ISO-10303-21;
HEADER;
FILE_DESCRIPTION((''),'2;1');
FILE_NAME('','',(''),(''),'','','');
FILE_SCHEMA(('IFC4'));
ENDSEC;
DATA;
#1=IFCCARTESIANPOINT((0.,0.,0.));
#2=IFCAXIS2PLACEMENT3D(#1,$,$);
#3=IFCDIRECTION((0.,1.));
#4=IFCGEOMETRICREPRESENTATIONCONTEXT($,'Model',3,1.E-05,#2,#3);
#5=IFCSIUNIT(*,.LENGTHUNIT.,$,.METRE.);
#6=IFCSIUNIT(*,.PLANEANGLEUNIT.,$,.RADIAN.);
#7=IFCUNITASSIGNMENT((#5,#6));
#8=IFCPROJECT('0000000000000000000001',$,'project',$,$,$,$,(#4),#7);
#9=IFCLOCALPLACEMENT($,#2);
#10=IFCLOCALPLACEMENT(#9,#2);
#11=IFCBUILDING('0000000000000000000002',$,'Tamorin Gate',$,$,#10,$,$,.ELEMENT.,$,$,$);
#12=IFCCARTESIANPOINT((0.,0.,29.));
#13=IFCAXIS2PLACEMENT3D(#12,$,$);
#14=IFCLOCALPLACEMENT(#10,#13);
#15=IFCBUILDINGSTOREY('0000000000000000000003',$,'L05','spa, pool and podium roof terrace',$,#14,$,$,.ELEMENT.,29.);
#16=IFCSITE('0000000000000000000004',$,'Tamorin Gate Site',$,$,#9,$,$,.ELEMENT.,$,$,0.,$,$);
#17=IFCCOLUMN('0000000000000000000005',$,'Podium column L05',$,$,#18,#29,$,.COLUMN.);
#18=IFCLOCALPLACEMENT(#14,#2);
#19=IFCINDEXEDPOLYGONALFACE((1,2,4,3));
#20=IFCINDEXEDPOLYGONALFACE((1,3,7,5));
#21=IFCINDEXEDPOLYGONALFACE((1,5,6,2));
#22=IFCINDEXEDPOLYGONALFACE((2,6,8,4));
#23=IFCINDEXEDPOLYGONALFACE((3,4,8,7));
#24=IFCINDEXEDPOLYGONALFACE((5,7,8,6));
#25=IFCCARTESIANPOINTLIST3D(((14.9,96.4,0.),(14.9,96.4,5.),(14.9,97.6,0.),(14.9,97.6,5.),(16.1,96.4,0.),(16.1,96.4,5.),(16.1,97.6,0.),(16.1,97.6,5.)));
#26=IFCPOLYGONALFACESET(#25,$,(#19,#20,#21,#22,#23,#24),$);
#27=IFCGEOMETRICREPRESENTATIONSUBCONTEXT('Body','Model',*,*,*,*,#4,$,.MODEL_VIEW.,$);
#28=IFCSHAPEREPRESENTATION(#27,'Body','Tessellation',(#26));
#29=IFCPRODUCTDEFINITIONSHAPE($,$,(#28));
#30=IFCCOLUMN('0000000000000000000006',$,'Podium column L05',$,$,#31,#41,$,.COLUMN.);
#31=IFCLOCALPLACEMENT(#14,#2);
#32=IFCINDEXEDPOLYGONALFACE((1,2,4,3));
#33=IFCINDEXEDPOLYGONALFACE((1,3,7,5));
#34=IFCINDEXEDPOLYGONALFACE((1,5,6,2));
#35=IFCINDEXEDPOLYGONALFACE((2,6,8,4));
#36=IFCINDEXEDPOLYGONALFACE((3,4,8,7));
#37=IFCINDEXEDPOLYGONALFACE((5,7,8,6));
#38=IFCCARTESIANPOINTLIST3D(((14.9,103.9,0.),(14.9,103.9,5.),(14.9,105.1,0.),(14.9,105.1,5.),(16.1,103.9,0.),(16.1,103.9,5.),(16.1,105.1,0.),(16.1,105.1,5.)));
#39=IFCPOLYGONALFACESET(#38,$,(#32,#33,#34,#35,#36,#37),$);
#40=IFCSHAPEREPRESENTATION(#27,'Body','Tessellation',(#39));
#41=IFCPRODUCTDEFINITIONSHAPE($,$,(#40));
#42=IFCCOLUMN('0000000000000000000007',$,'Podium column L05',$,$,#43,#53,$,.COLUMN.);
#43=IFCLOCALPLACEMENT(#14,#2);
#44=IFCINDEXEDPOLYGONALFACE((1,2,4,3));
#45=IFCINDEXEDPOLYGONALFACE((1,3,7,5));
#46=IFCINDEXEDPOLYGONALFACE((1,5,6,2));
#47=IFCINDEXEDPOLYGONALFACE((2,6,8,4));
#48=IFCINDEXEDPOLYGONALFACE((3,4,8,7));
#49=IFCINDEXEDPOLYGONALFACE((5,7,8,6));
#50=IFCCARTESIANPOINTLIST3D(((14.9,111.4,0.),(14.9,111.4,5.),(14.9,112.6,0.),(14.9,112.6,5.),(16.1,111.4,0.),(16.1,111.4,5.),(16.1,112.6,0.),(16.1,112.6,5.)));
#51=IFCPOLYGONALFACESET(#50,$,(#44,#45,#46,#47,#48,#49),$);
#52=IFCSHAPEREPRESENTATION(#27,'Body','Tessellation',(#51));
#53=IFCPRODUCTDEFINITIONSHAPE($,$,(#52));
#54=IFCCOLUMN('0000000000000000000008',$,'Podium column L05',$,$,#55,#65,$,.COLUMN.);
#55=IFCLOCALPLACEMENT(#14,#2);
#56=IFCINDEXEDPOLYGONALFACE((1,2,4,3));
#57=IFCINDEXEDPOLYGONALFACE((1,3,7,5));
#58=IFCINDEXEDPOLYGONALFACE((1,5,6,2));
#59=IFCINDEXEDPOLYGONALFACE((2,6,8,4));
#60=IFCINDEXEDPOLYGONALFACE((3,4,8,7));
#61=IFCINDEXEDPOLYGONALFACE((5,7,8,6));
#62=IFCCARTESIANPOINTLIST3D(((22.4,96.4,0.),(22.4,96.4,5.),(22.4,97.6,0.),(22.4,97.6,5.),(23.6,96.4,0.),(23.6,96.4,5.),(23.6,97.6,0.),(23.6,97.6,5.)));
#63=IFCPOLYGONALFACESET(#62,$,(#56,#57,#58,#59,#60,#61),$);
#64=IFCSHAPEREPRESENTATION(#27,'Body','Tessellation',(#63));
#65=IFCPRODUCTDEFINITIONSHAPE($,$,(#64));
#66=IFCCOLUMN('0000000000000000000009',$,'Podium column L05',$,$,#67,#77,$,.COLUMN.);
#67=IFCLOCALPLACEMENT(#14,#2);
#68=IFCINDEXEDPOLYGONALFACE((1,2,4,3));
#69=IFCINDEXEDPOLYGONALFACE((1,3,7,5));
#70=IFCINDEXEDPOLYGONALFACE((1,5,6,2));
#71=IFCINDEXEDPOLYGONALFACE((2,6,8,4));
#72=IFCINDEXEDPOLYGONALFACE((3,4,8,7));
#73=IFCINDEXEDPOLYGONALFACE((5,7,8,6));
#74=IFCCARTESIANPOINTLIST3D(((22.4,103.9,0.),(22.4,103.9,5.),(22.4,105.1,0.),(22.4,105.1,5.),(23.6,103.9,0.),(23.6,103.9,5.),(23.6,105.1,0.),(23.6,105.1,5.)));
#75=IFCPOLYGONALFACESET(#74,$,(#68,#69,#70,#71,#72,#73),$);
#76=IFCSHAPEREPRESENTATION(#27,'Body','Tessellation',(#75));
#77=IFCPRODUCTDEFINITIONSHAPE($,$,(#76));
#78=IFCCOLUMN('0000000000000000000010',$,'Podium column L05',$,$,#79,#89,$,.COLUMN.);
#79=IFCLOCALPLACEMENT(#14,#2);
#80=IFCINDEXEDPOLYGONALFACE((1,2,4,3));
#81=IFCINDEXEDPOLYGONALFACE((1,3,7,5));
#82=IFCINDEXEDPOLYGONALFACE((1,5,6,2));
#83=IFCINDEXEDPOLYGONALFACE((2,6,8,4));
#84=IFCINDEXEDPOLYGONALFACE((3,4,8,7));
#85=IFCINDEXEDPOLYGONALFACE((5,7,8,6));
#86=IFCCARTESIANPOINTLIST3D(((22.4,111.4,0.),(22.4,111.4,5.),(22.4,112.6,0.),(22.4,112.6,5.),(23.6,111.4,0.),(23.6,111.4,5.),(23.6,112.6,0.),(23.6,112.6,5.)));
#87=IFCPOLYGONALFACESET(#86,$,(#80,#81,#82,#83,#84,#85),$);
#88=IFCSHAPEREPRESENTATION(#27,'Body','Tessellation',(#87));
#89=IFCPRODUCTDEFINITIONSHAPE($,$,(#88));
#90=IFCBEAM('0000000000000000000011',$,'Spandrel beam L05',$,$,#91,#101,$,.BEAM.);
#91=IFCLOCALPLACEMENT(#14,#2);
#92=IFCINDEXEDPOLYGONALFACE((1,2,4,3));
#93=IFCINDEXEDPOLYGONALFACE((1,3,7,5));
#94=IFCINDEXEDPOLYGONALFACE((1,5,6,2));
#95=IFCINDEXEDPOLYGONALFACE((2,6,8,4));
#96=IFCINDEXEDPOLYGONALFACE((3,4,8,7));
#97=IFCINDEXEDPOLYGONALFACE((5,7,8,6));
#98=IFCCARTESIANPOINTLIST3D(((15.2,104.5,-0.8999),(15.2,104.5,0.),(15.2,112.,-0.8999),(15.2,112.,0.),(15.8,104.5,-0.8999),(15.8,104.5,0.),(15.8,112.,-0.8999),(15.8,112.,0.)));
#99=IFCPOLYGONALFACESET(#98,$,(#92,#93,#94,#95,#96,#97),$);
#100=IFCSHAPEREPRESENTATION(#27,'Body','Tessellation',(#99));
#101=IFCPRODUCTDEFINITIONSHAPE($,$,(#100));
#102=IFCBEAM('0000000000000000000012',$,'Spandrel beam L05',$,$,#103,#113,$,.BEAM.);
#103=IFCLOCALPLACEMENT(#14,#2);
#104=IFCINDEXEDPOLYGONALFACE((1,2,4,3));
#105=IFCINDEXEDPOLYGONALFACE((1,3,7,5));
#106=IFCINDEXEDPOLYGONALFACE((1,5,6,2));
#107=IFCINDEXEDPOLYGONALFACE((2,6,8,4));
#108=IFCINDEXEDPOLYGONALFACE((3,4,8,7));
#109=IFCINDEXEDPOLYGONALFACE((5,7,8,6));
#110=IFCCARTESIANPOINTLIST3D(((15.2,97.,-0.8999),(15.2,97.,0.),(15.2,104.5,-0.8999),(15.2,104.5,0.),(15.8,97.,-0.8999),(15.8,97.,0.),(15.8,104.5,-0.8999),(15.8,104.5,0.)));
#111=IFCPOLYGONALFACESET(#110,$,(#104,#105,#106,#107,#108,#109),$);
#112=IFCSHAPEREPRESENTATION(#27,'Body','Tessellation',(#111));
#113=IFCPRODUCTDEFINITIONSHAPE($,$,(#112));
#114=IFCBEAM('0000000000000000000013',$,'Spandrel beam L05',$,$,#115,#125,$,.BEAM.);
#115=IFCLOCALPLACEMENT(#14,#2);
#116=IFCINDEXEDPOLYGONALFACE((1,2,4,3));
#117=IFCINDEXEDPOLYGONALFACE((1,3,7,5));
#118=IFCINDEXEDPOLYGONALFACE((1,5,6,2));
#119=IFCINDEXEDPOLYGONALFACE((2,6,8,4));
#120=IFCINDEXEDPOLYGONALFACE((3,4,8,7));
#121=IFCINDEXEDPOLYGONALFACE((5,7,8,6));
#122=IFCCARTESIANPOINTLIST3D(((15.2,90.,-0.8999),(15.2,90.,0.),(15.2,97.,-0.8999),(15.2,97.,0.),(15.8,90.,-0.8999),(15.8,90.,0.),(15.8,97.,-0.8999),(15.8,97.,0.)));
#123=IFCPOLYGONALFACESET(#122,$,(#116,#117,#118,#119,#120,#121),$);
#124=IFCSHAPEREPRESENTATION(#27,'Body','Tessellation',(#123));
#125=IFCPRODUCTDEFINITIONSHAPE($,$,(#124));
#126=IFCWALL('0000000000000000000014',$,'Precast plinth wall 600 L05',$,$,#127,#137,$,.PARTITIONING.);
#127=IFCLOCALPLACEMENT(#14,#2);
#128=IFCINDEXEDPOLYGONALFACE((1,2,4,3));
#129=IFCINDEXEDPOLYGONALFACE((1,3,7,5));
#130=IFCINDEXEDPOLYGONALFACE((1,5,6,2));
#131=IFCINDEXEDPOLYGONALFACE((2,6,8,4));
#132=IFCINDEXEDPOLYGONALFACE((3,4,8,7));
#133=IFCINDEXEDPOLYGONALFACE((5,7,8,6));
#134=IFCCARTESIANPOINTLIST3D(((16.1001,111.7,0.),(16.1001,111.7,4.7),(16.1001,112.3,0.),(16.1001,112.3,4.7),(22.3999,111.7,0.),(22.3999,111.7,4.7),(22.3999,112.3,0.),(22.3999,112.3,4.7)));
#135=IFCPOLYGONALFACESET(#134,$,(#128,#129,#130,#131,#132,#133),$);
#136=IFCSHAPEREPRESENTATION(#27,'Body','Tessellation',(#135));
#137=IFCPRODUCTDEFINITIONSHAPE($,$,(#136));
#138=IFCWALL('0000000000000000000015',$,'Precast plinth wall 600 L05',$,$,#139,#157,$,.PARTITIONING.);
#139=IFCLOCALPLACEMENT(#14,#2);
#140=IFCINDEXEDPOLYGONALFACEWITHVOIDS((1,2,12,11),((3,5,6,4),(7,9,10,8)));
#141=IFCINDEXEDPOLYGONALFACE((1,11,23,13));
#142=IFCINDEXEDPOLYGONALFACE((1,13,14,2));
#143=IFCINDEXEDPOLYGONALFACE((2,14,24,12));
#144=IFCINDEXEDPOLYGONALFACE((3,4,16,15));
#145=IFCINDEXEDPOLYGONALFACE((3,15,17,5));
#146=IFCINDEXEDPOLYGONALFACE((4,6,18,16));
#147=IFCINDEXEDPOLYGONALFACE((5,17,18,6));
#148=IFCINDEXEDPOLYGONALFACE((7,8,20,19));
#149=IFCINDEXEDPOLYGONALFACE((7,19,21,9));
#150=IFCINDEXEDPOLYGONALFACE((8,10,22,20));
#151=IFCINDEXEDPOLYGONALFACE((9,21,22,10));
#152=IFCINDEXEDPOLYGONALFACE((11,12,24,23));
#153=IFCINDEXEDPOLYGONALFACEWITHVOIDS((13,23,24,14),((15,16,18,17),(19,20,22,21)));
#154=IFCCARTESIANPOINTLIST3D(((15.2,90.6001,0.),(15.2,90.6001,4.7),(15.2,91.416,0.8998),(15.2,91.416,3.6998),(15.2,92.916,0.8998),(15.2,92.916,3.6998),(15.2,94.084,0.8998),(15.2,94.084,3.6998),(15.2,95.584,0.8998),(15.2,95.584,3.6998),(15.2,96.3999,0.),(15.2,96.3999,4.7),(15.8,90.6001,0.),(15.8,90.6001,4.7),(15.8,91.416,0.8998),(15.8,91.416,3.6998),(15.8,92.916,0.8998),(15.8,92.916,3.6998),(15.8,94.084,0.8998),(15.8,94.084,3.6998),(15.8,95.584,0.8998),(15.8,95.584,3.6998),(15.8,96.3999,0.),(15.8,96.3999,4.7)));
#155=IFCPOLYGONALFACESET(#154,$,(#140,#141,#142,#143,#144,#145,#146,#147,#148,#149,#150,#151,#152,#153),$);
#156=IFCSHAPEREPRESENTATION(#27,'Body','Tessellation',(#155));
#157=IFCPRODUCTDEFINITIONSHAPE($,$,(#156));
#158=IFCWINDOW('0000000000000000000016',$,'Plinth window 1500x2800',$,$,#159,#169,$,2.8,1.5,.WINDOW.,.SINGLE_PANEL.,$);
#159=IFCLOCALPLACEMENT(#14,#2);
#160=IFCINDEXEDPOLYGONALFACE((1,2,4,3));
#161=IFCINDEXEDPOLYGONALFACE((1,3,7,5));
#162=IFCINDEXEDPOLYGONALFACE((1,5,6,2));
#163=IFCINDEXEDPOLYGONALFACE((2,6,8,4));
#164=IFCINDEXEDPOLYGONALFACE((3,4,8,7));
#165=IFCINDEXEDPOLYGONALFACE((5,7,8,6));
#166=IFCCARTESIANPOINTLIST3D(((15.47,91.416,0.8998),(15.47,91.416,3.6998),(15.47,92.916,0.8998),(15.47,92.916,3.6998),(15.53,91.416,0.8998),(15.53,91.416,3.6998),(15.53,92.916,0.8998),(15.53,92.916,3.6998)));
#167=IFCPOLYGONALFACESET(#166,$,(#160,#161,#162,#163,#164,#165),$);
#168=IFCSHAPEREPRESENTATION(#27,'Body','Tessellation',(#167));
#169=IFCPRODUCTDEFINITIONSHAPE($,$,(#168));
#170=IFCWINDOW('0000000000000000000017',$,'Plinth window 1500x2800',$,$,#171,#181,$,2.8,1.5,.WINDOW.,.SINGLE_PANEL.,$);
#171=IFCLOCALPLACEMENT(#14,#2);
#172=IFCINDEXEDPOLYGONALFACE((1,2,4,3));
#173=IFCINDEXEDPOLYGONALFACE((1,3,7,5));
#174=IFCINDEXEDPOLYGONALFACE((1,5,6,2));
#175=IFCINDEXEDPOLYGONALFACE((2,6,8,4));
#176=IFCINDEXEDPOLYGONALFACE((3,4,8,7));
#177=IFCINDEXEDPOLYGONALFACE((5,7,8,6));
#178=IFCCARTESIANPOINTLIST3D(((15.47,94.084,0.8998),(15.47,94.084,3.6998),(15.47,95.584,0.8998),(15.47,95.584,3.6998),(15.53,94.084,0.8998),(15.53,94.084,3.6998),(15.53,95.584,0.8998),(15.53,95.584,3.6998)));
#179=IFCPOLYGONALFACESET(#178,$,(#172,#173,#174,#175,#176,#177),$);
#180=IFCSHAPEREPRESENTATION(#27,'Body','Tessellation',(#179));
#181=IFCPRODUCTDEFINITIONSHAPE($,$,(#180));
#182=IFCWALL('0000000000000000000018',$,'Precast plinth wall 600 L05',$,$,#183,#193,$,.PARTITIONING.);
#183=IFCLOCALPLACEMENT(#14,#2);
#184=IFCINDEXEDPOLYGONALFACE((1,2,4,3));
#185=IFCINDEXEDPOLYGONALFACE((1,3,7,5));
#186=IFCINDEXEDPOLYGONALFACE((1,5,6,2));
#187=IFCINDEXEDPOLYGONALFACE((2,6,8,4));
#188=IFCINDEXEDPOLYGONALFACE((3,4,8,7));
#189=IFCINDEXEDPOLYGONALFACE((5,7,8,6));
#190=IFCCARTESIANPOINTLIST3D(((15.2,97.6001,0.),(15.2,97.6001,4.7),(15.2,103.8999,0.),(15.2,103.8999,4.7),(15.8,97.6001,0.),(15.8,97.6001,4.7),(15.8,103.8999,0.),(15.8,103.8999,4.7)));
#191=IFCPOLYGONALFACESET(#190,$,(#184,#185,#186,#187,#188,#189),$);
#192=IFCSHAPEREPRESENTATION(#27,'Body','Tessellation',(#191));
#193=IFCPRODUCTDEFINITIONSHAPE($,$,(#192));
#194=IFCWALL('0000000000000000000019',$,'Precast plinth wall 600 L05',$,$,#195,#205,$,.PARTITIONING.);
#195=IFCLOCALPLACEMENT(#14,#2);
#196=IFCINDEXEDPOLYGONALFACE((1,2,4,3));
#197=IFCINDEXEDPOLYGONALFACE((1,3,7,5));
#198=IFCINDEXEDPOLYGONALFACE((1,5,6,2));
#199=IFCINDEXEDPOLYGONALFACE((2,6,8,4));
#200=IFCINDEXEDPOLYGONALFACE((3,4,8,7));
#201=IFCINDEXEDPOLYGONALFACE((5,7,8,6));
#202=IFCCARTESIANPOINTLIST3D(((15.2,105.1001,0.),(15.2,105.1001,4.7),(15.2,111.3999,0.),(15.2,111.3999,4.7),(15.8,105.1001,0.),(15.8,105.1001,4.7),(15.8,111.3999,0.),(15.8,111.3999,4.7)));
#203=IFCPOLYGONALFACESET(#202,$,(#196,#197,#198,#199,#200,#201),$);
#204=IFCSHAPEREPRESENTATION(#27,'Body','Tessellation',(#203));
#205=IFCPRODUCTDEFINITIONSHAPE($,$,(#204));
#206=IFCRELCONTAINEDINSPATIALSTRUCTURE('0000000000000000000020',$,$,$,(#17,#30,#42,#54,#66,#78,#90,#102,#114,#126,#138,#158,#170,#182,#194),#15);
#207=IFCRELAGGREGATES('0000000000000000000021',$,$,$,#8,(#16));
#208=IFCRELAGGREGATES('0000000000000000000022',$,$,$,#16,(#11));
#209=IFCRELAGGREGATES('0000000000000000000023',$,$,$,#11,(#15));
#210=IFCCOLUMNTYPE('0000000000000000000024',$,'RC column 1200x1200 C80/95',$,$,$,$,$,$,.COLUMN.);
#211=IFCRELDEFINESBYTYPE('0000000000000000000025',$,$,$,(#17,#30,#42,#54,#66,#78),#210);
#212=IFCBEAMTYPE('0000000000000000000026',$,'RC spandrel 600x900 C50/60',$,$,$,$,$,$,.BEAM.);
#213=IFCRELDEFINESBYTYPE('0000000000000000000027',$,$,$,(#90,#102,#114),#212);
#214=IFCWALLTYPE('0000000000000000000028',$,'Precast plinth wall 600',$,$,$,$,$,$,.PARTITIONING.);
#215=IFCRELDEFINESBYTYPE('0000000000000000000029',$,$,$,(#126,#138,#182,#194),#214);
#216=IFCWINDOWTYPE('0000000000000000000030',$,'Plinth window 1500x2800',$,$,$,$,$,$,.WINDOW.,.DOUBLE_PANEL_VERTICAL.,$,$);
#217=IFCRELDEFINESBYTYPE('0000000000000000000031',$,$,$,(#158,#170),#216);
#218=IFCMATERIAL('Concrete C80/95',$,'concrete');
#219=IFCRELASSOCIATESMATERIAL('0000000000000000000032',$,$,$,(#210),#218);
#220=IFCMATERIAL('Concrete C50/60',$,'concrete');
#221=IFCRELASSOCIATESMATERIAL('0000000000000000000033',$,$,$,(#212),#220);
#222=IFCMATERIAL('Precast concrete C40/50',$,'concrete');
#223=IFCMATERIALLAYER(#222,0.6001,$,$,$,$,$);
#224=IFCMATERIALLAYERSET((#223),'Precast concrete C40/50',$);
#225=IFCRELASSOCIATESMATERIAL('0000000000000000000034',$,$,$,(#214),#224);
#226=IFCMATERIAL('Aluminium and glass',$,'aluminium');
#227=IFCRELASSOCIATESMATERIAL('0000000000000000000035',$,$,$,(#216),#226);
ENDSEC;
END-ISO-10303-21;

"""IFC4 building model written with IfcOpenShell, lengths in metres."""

from ifc_helpers import new_model, si_unit, direction, frame, frame_2d, origin, origin_2d, place, context, subcontext, project, spatial, rectangle, extrude, material, layer, layer_set, material_profile, profile_set, type_object, element, fill, save


model = new_model("IFC4")

# Units and contexts
model_context = context("Model", 3, precision=1e-05, world=origin(), true_north=direction((0.0, 1.0)))
body_context = subcontext(model_context, "Body", "Model", "MODEL_VIEW")
ifc_project = project(units=[si_unit("LENGTHUNIT", "METRE"), si_unit("PLANEANGLEUNIT", "RADIAN")], contexts=[model_context])

# Site, building, storey
site_placement = place(None, origin())
site = spatial("IfcSite", under=ifc_project, at=site_placement, Name="Tamorin Gate Site", CompositionType="ELEMENT", RefElevation=0.0)
building_placement = place(site_placement, origin())
building = spatial("IfcBuilding", under=site, at=building_placement, Name="Tamorin Gate", CompositionType="ELEMENT")
storey_placement = place(building_placement, frame((0.0, 0.0, 29.0)))
storey = spatial("IfcBuildingStorey", under=building, at=storey_placement, Name="L05", Description="spa, pool and podium roof terrace", CompositionType="ELEMENT", Elevation=29.0)

# Columns
ifc_material_1 = material(Name="Concrete C80/95", Category="concrete")
ifc_material_profile_1 = material_profile(ifc_material_1, rectangle(XDim=1.2, YDim=1.2, at=origin_2d()), Name="RC 1200x1200")
ifc_profile_set_1 = profile_set([ifc_material_profile_1], Name="Concrete C80/95")
column_type = type_object("IfcColumnType", Name="RC column 1200x1200 C80/95", PredefinedType="COLUMN", material=ifc_profile_set_1)
for number, where, z_axis, x_axis, name in (
    (1, (15.5, 97.0, 0.0), (0.0, 0.0, 1.0), (1.0, 0.0, 0.0), "Podium column L05"),
    (2, (15.5, 104.5, 0.0), (0.0, 0.0, 1.0), (1.0, 0.0, 0.0), "Podium column L05"),
    (3, (15.5, 112.0, 0.0), (0.0, 0.0, 1.0), (1.0, 0.0, 0.0), "Podium column L05"),
    (4, (23.0, 97.0, 0.0), (0.0, 0.0, 1.0), (1.0, 0.0, 0.0), "Podium column L05"),
    (5, (23.0, 104.5, 0.0), (0.0, 0.0, 1.0), (1.0, 0.0, 0.0), "Podium column L05"),
    (6, (23.0, 112.0, 0.0), (0.0, 0.0, 1.0), (1.0, 0.0, 0.0), "Podium column L05"),
):
    element("IfcColumn", number, at=place(storey_placement, frame(where, z_axis=z_axis, x_axis=x_axis)), inside=storey, type_object=column_type, Name=name, PredefinedType="COLUMN", context=body_context, shape_type="SweptSolid", body=[
        extrude(rectangle(XDim=1.2, YDim=1.2, at=origin_2d()), origin(), (0.0, 0.0, 1.0), 5.0),
    ])

# Beams
ifc_material_2 = material(Name="Concrete C50/60", Category="concrete")
ifc_material_profile_2 = material_profile(ifc_material_2, rectangle(XDim=0.6001, YDim=0.8999, at=origin_2d()), Name="RC 600x900")
ifc_profile_set_2 = profile_set([ifc_material_profile_2], Name="Concrete C50/60")
beam_type = type_object("IfcBeamType", Name="RC spandrel 600x900 C50/60", PredefinedType="BEAM", material=ifc_profile_set_2)
for number, where, z_axis, x_axis, name in (
    (7, (15.5, 112.0, -0.45), (0.0, -1.0, 0.0), (1.0, 0.0, 0.0), "Spandrel beam L05"),
    (8, (15.5, 104.5, -0.45), (0.0, -1.0, 0.0), (1.0, 0.0, 0.0), "Spandrel beam L05"),
):
    element("IfcBeam", number, at=place(storey_placement, frame(where, z_axis=z_axis, x_axis=x_axis)), inside=storey, type_object=beam_type, Name=name, PredefinedType="BEAM", context=body_context, shape_type="SweptSolid", body=[
        extrude(rectangle(XDim=0.6001, YDim=0.8999, at=origin_2d()), origin(), (0.0, 0.0, 1.0), 7.5),
    ])
beam_placement = place(storey_placement, frame((15.5, 97.0, -0.45), z_axis=(0.0, -1.0, 0.0), x_axis=(1.0, 0.0, 0.0)))
element("IfcBeam", 9, at=beam_placement, inside=storey, type_object=beam_type, Name="Spandrel beam L05", PredefinedType="BEAM", context=body_context, shape_type="SweptSolid", body=[
    extrude(rectangle(XDim=0.6001, YDim=0.8999, at=origin_2d()), origin(), (0.0, 0.0, 1.0), 7.0),
])

# Wall
ifc_material_3 = material(Name="Precast concrete C40/50", Category="concrete")
ifc_layer_1 = layer(ifc_material_3, 0.6001)
ifc_layer_set_1 = layer_set([ifc_layer_1], Name="Precast concrete C40/50")
wall_type_1 = type_object("IfcWallType", Name="Precast plinth wall 600", PredefinedType="PARTITIONING", material=ifc_layer_set_1)
wall_1_placement = place(storey_placement, frame((16.1001, 112.0, 0.0), z_axis=(0.0, 0.0, 1.0), x_axis=(1.0, 0.0, 0.0)))
element("IfcWall", 10, at=wall_1_placement, inside=storey, type_object=wall_type_1, Name="Precast plinth wall 600 L05", PredefinedType="PARTITIONING", context=body_context, shape_type="SweptSolid", body=[
    extrude(rectangle(XDim=6.2998, YDim=0.6001, at=frame_2d((3.1499, 0.0))), origin(), (0.0, 0.0, 1.0), 4.7),
])

# Wall, openings, windows
wall_2_placement = place(storey_placement, frame((15.5, 90.6001, 0.0), z_axis=(0.0, 0.0, 1.0), x_axis=(0.0, 1.0, 0.0)))
wall_2 = element("IfcWall", 11, at=wall_2_placement, inside=storey, type_object=wall_type_1, Name="Precast plinth wall 600 L05", PredefinedType="PARTITIONING", context=body_context, shape_type="SweptSolid", body=[
    extrude(rectangle(XDim=5.7998, YDim=0.6001, at=frame_2d((2.8999, 0.0))), origin(), (0.0, 0.0, 1.0), 4.7),
])
opening_1_placement = place(wall_2_placement, frame((0.8159, 0.0, 0.8999)))
opening_1 = element("IfcOpeningElement", 12, at=opening_1_placement, cuts=wall_2, PredefinedType="OPENING", context=body_context, shape_type="SweptSolid", body=[
    extrude(rectangle(XDim=1.5, YDim=2.8, at=frame_2d((0.75, 1.3999))), frame((0.0, 0.3101, 0.0), z_axis=(0.0, -1.0, 0.0), x_axis=(1.0, 0.0, 0.0)), (0.0, 0.0, 1.0), 0.6201),
])
opening_2_placement = place(wall_2_placement, frame((3.4839, 0.0, 0.8999)))
opening_2 = element("IfcOpeningElement", 13, at=opening_2_placement, cuts=wall_2, PredefinedType="OPENING", context=body_context, shape_type="SweptSolid", body=[
    extrude(rectangle(XDim=1.5, YDim=2.8, at=frame_2d((0.75, 1.3999))), frame((0.0, 0.3101, 0.0), z_axis=(0.0, -1.0, 0.0), x_axis=(1.0, 0.0, 0.0)), (0.0, 0.0, 1.0), 0.6201),
])
ifc_material_4 = material(Name="Aluminium and glass", Category="aluminium")
window_type = type_object("IfcWindowType", Name="Plinth window 1500x2800", PartitioningType="DOUBLE_PANEL_VERTICAL", PredefinedType="WINDOW", material=ifc_material_4)
window_1_placement = place(opening_1_placement, origin())
window_1 = element("IfcWindow", 14, at=window_1_placement, inside=storey, type_object=window_type, Name="Plinth window 1500x2800", OverallHeight=2.8, OverallWidth=1.5, PartitioningType="SINGLE_PANEL", PredefinedType="WINDOW", context=body_context, shape_type="SweptSolid", body=[
    extrude(rectangle(XDim=1.5, YDim=2.8, at=frame_2d((0.75, 1.3999))), frame((0.0, 0.03, 0.0), z_axis=(0.0, -1.0, 0.0), x_axis=(1.0, 0.0, 0.0)), (0.0, 0.0, 1.0), 0.0601),
])
fill(opening_1, window_1)
window_2_placement = place(opening_2_placement, origin())
window_2 = element("IfcWindow", 15, at=window_2_placement, inside=storey, type_object=window_type, Name="Plinth window 1500x2800", OverallHeight=2.8, OverallWidth=1.5, PartitioningType="SINGLE_PANEL", PredefinedType="WINDOW", context=body_context, shape_type="SweptSolid", body=[
    extrude(rectangle(XDim=1.5, YDim=2.8, at=frame_2d((0.75, 1.3999))), frame((0.0, 0.03, 0.0), z_axis=(0.0, -1.0, 0.0), x_axis=(1.0, 0.0, 0.0)), (0.0, 0.0, 1.0), 0.0601),
])
fill(opening_2, window_2)

# Walls
for number, where, z_axis, x_axis, name in (
    (16, (15.5, 97.6001, 0.0), (0.0, 0.0, 1.0), (0.0, 1.0, 0.0), "Precast plinth wall 600 L05"),
    (17, (15.5, 105.1001, 0.0), (0.0, 0.0, 1.0), (0.0, 1.0, 0.0), "Precast plinth wall 600 L05"),
):
    element("IfcWall", number, at=place(storey_placement, frame(where, z_axis=z_axis, x_axis=x_axis)), inside=storey, type_object=wall_type_1, Name=name, PredefinedType="PARTITIONING", context=body_context, shape_type="SweptSolid", body=[
        extrude(rectangle(XDim=6.2998, YDim=0.6001, at=frame_2d((3.1499, 0.0))), origin(), (0.0, 0.0, 1.0), 4.7),
    ])

save(model, "model.ifc")
